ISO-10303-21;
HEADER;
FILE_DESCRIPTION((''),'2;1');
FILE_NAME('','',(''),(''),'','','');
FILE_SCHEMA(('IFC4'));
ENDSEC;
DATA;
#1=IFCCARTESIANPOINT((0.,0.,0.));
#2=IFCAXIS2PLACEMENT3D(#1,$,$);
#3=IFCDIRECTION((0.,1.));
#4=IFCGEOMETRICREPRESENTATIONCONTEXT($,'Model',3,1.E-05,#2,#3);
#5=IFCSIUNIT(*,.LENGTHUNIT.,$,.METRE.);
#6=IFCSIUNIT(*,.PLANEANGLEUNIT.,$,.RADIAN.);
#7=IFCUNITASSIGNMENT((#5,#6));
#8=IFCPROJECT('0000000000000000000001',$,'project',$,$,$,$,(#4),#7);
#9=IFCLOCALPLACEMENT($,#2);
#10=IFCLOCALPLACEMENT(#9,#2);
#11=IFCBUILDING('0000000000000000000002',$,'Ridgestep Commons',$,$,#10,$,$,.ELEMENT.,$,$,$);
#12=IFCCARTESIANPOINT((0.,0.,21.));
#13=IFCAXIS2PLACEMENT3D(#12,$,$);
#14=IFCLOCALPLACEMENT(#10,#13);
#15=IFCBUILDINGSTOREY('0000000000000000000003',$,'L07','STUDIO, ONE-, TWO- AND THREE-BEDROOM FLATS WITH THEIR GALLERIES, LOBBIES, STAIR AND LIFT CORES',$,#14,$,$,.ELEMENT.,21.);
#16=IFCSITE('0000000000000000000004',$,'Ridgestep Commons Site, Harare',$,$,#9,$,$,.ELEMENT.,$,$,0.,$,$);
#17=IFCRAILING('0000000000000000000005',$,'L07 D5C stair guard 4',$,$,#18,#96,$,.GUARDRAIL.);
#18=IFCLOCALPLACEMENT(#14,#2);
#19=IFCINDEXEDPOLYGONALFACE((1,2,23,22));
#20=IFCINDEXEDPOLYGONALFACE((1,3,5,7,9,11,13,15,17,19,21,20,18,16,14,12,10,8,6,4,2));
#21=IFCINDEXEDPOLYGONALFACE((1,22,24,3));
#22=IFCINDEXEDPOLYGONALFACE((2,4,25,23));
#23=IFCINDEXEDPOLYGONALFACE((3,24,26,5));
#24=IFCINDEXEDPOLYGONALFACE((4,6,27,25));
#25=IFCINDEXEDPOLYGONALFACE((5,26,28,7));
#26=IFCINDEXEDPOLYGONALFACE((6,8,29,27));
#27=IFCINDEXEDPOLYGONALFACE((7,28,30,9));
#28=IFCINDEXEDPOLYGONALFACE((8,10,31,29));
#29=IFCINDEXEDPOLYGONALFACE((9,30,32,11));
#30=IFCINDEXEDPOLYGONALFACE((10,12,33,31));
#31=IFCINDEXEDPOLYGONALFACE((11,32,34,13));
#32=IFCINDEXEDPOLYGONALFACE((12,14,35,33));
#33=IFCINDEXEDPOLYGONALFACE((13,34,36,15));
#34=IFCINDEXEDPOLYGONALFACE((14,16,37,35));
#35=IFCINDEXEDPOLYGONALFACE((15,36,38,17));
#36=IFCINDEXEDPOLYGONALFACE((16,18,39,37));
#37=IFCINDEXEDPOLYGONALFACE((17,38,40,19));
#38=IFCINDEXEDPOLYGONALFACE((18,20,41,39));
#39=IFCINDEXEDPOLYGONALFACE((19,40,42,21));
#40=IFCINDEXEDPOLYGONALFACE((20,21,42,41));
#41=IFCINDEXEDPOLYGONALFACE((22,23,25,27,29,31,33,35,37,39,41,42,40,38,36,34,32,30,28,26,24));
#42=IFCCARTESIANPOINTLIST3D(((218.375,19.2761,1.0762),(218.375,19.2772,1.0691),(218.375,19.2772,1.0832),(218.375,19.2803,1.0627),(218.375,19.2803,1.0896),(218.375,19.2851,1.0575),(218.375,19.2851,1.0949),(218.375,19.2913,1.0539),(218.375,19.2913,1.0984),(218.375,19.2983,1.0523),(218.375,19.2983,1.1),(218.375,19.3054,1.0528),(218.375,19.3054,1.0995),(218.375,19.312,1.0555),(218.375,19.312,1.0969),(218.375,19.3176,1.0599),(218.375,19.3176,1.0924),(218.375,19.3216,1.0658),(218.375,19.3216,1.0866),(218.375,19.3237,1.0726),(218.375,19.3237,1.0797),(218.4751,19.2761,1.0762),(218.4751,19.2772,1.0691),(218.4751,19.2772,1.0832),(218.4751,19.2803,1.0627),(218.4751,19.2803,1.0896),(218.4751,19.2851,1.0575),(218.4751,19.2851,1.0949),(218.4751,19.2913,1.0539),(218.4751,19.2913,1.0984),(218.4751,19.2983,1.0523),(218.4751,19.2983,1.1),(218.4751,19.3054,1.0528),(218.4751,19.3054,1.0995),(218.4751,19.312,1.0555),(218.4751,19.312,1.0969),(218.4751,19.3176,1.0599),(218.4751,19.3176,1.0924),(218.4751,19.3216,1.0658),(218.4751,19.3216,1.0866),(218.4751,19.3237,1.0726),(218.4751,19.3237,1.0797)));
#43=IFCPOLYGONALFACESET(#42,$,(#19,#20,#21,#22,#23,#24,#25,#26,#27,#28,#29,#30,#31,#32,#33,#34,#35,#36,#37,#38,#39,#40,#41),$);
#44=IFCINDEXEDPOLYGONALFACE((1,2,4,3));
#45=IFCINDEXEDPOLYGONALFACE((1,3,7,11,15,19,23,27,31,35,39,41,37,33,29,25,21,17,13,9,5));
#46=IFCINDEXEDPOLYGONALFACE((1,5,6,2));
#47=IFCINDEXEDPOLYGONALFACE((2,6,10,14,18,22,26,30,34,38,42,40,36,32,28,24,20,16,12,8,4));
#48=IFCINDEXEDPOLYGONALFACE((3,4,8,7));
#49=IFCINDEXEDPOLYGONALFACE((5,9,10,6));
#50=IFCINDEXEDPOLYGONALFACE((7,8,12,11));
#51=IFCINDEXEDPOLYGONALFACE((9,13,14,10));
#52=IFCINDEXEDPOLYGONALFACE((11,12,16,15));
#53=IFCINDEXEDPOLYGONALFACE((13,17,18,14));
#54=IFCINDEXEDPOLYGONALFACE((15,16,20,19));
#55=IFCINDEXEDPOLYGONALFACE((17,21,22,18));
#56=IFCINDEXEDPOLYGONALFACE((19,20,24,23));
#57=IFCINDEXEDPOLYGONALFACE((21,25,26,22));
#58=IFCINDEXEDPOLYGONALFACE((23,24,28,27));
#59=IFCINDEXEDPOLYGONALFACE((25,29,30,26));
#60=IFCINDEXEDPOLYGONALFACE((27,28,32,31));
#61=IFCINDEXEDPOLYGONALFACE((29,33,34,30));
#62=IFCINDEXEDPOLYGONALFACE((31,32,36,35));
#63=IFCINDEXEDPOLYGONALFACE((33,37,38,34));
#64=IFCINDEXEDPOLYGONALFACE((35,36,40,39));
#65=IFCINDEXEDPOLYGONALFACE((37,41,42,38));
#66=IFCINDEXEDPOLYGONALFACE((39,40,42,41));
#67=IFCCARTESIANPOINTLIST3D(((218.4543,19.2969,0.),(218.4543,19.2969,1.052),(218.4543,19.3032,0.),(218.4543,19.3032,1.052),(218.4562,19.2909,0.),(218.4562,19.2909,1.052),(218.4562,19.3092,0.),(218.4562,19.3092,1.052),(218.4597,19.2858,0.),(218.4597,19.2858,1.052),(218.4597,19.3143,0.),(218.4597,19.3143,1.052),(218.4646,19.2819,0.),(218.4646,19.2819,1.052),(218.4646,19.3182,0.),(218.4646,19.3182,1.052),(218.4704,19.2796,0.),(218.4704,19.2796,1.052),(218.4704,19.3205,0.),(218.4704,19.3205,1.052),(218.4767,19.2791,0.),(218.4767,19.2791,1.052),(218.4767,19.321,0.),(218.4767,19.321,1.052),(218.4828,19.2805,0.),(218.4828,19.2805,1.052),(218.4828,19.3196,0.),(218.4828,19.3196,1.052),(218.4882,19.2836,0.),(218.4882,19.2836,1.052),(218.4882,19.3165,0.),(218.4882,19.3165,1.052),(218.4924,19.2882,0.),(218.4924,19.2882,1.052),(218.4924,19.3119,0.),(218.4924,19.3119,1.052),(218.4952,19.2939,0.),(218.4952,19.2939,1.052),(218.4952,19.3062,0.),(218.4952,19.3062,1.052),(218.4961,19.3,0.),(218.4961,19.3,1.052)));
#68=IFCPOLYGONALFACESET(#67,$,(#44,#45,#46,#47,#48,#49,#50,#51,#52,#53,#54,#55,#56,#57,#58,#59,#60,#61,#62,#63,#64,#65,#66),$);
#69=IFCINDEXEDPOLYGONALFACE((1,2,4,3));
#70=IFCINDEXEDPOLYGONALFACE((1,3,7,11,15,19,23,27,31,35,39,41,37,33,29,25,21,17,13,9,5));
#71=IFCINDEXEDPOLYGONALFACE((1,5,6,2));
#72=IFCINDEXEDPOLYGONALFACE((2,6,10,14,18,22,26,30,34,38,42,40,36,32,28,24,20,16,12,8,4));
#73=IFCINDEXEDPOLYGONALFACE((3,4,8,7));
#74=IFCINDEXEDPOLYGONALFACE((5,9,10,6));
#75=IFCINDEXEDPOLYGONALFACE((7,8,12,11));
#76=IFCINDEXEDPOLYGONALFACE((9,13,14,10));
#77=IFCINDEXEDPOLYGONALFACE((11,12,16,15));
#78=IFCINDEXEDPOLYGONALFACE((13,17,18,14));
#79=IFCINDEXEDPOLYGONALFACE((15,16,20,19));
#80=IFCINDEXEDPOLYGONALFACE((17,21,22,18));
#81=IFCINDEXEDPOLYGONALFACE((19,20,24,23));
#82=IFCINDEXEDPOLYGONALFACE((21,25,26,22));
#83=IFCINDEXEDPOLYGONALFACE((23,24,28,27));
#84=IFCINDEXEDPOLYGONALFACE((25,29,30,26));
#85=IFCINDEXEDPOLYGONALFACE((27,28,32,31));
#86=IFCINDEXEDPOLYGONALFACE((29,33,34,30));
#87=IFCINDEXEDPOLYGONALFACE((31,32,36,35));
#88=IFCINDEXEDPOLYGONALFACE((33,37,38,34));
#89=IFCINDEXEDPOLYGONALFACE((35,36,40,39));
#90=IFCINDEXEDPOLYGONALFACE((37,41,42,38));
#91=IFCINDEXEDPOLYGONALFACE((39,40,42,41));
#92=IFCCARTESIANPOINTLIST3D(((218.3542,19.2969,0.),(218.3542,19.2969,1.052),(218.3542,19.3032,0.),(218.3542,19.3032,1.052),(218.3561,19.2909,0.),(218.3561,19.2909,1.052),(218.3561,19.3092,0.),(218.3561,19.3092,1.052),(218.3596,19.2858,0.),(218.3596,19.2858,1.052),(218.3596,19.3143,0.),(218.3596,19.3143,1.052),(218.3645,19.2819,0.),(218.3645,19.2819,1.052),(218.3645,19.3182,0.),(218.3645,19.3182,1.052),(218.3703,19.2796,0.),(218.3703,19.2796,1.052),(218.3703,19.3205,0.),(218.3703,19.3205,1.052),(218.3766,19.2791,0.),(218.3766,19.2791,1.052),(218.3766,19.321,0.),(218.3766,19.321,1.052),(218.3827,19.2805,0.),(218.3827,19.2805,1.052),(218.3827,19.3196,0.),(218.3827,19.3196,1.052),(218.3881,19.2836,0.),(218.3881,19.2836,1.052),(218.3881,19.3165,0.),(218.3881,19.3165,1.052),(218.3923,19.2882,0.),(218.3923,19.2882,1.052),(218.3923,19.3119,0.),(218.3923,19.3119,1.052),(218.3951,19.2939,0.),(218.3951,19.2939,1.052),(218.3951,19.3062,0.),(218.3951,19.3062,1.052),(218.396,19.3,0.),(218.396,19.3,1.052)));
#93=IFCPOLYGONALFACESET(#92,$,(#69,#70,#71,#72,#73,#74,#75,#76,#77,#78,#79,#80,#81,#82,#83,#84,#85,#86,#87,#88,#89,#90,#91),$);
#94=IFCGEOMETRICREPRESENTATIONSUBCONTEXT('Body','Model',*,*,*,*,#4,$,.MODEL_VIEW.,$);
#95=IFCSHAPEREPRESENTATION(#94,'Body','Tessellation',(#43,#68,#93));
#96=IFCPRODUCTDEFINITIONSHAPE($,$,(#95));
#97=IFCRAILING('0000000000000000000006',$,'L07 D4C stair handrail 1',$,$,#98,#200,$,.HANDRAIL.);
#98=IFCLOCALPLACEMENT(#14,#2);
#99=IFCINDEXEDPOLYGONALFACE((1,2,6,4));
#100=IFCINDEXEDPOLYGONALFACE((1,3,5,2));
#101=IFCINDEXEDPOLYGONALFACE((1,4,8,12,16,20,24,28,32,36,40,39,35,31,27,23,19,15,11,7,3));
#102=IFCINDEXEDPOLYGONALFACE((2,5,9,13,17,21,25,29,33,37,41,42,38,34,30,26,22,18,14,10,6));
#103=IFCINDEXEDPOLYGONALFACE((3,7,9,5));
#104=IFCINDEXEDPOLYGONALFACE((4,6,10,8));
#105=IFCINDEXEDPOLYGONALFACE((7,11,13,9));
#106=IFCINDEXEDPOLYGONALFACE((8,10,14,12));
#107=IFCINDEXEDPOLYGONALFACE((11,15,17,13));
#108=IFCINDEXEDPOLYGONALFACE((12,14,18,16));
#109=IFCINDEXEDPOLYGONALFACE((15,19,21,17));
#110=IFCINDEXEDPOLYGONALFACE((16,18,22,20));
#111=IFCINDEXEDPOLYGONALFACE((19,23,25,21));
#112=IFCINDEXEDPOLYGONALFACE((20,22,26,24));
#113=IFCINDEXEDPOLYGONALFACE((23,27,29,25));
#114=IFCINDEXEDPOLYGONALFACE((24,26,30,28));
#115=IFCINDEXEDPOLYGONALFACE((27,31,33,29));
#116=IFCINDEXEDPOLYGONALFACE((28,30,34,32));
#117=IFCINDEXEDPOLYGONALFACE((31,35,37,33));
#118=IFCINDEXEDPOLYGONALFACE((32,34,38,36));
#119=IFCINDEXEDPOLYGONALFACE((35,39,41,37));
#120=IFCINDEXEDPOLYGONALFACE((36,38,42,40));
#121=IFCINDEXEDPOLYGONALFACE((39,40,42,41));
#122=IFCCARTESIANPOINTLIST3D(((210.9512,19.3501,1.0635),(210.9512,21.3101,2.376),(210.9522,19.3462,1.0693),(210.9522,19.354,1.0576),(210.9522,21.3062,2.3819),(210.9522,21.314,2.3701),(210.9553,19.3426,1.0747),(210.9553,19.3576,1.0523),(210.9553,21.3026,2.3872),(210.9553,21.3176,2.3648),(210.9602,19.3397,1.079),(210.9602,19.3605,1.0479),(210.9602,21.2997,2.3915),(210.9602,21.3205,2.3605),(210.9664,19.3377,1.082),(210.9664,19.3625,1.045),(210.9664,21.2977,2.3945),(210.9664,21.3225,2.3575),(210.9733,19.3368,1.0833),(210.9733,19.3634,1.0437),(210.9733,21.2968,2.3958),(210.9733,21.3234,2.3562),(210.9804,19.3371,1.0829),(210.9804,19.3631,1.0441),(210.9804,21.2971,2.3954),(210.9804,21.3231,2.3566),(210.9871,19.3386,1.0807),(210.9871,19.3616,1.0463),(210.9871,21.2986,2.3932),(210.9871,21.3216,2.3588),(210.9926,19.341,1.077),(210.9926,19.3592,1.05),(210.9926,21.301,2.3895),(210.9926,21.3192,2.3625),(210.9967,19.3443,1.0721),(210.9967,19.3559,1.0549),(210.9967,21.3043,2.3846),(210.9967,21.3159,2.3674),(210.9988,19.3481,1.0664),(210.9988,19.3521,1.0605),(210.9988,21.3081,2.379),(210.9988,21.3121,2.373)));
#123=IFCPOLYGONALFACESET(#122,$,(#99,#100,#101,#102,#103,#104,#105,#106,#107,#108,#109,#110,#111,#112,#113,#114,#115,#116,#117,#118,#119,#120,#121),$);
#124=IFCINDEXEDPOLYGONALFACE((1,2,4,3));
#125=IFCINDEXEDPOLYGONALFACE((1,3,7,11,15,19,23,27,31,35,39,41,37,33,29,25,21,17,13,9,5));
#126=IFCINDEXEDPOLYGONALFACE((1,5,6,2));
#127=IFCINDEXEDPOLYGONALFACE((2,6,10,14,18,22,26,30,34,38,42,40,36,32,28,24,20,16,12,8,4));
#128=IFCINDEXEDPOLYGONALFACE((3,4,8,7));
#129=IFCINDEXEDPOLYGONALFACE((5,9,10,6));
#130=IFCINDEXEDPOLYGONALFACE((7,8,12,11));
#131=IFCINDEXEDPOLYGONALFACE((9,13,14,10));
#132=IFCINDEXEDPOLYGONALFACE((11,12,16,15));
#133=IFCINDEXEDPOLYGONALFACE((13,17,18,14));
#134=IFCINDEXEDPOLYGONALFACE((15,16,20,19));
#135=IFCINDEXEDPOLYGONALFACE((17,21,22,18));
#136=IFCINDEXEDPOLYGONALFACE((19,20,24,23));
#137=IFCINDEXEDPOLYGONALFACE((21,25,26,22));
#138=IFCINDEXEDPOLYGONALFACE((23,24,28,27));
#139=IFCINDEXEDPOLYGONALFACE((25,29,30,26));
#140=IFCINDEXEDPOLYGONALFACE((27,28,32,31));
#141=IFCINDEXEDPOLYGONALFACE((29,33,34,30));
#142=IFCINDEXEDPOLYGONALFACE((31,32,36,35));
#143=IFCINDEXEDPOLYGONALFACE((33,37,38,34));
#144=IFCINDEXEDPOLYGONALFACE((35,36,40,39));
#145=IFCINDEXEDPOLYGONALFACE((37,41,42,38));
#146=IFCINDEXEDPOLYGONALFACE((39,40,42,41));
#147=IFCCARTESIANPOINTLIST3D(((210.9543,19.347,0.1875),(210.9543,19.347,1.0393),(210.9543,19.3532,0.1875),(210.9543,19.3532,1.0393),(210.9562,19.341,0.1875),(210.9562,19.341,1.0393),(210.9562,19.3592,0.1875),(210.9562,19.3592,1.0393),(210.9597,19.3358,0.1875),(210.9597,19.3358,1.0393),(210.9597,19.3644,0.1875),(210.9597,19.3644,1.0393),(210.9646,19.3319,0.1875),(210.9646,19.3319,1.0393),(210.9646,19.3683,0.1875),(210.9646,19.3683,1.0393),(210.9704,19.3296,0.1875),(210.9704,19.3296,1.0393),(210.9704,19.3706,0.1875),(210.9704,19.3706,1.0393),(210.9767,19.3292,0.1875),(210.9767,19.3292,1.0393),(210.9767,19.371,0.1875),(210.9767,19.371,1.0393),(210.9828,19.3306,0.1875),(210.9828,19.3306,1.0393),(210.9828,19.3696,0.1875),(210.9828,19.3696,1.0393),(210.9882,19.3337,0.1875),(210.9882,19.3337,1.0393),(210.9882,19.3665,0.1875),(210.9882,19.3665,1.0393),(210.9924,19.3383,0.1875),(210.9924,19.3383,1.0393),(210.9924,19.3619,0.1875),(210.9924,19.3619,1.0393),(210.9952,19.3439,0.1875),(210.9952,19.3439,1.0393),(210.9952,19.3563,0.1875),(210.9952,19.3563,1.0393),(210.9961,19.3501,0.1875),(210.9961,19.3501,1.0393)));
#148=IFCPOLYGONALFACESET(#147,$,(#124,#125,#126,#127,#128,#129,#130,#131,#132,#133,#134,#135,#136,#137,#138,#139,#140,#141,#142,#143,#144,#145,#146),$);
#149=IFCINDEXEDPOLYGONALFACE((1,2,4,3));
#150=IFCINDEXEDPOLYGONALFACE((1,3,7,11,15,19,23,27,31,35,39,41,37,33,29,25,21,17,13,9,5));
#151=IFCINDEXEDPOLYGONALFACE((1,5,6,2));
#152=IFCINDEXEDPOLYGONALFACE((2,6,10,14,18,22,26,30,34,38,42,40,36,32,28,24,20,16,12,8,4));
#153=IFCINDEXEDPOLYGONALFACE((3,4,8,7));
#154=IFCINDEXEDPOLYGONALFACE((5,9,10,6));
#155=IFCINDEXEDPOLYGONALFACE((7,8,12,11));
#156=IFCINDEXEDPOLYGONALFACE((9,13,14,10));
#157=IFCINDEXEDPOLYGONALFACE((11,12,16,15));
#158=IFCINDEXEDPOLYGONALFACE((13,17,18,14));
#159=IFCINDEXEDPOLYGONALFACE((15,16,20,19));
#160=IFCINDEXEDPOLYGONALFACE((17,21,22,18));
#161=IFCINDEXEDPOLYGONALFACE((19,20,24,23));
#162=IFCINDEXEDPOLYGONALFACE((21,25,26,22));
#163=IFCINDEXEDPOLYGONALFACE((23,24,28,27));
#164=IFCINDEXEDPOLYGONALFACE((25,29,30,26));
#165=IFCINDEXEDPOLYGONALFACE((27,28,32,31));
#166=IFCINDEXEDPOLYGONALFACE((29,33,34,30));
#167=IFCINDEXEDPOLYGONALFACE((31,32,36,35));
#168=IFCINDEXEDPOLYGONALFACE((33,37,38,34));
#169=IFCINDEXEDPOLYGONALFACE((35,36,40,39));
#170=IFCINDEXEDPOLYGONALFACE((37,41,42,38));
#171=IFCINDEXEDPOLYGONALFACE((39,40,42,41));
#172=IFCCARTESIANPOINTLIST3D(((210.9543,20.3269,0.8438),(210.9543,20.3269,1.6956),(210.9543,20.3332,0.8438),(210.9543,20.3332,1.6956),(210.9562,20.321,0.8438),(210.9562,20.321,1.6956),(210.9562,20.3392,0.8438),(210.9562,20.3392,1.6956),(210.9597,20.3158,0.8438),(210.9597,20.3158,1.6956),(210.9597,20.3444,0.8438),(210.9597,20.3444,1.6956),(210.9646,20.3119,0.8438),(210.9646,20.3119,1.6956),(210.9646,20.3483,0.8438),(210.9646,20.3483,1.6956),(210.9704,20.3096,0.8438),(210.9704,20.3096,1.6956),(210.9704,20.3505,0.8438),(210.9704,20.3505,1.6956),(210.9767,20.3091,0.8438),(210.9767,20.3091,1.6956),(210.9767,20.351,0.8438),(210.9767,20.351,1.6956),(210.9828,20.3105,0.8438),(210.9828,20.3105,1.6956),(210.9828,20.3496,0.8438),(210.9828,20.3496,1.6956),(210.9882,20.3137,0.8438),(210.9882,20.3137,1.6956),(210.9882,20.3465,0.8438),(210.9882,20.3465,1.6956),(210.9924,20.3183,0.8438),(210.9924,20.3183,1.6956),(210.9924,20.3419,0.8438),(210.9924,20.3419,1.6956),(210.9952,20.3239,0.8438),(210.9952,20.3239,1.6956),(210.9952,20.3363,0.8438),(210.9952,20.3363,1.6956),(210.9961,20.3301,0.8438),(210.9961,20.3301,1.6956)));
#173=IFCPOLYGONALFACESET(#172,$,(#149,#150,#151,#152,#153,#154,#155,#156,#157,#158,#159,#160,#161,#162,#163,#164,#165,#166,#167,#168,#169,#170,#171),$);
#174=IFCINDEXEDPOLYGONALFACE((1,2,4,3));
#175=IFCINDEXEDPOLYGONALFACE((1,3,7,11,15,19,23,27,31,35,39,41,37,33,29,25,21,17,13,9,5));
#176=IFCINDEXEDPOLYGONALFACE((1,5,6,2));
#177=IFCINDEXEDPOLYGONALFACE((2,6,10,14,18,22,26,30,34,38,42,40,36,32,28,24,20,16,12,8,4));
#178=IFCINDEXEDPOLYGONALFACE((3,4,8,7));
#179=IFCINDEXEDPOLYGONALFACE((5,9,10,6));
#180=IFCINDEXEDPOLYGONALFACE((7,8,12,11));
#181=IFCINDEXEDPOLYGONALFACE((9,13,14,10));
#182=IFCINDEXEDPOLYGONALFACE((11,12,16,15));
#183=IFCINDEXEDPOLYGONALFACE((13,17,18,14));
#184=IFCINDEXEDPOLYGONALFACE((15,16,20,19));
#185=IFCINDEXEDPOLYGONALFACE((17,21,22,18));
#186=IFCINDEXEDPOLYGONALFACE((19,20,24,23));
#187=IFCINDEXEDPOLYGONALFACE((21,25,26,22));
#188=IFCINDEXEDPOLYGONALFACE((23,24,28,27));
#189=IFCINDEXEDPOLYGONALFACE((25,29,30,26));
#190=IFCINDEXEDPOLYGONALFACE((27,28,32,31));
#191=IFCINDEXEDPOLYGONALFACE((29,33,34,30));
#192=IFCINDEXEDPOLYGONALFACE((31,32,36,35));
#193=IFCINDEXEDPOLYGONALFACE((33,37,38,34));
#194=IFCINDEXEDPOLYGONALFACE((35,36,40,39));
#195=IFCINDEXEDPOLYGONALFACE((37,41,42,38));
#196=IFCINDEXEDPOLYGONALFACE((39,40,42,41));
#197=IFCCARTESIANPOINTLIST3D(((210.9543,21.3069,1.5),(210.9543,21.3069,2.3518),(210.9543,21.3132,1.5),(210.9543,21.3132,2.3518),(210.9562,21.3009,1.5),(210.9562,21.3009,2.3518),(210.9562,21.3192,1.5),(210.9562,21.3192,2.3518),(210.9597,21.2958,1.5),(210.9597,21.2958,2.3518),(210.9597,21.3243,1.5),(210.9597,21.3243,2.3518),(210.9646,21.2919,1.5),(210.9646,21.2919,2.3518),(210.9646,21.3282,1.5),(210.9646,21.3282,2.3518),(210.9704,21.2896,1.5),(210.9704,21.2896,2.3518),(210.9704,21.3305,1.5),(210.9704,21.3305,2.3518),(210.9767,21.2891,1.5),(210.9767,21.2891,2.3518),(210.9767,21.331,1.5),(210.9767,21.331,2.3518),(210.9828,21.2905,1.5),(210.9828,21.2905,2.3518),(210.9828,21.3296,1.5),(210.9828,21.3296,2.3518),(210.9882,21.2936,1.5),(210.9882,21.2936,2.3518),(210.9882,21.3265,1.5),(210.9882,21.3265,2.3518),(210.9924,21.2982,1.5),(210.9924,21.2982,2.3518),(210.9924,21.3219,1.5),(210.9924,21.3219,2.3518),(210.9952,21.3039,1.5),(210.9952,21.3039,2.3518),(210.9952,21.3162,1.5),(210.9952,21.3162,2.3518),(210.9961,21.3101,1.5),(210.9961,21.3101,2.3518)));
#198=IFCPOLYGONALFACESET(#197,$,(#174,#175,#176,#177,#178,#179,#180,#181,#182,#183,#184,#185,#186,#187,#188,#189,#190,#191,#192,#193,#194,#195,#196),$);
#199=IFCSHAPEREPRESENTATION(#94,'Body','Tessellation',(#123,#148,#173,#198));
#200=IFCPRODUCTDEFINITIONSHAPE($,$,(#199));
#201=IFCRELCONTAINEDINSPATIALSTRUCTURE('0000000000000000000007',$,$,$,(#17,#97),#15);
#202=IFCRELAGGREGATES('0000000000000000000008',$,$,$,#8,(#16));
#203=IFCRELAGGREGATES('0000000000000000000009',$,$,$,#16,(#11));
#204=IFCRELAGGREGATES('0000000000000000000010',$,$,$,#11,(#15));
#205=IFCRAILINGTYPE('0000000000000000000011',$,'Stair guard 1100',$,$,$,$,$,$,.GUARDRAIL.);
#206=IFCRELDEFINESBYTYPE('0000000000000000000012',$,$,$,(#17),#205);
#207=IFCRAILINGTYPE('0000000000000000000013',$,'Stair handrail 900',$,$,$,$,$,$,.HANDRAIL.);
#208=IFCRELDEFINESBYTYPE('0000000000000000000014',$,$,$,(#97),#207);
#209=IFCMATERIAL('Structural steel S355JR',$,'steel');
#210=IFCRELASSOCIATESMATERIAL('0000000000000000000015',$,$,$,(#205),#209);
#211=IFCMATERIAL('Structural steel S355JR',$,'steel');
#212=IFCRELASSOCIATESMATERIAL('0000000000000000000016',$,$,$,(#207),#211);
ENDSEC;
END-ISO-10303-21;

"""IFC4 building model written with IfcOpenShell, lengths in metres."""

from ifc_helpers import new_model, si_unit, direction, frame, origin, origin_2d, place, context, subcontext, project, spatial, circle, extrude, material, type_object, element, save


model = new_model("IFC4")

# Units and contexts
model_context = context("Model", 3, precision=1e-05, world=origin(), true_north=direction((0.0, 1.0)))
body_context = subcontext(model_context, "Body", "Model", "MODEL_VIEW")
ifc_project = project(units=[si_unit("LENGTHUNIT", "METRE"), si_unit("PLANEANGLEUNIT", "RADIAN")], contexts=[model_context])

# Site, building, storey
site_placement = place(None, origin())
site = spatial("IfcSite", under=ifc_project, at=site_placement, Name="Ridgestep Commons Site, Harare", CompositionType="ELEMENT", RefElevation=0.0)
building_placement = place(site_placement, origin())
building = spatial("IfcBuilding", under=site, at=building_placement, Name="Ridgestep Commons", CompositionType="ELEMENT")
storey_placement = place(building_placement, frame((0.0, 0.0, 21.0)))
storey = spatial("IfcBuildingStorey", under=building, at=storey_placement, Name="L07", Description="STUDIO, ONE-, TWO- AND THREE-BEDROOM FLATS WITH THEIR GALLERIES, LOBBIES, STAIR AND LIFT CORES", CompositionType="ELEMENT", Elevation=21.0)

# Railings
ifc_material_1 = material(Name="Structural steel S355JR", Category="steel")
railing_type_1 = type_object("IfcRailingType", Name="Stair guard 1100", PredefinedType="GUARDRAIL", material=ifc_material_1)
railing_1_placement = place(storey_placement, frame((218.4751, 19.3, 0.0)))
element("IfcRailing", 1, at=railing_1_placement, inside=storey, type_object=railing_type_1, Name="L07 D5C stair guard 4", PredefinedType="GUARDRAIL", context=body_context, shape_type="SweptSolid", body=[
    extrude(circle(Radius=0.0239, at=origin_2d()), frame((0.0, 0.0, 1.0762), z_axis=(-1.0, 0.0, 0.0), x_axis=(0.0, -1.0, 0.0)), (0.0, 0.0, 1.0), 0.1001),
    extrude(circle(Radius=0.021, at=origin_2d()), origin(), (0.0, 0.0, 1.0), 1.052),
    extrude(circle(Radius=0.021, at=origin_2d()), frame((-0.1001, 0.0, 0.0)), (0.0, 0.0, 1.0), 1.052),
])
ifc_material_2 = material(Name="Structural steel S355JR", Category="steel")
railing_type_2 = type_object("IfcRailingType", Name="Stair handrail 900", PredefinedType="HANDRAIL", material=ifc_material_2)
railing_2_placement = place(storey_placement, frame((210.9751, 19.3501, 0.1875)))
element("IfcRailing", 2, at=railing_2_placement, inside=storey, type_object=railing_type_2, Name="L07 D4C stair handrail 1", PredefinedType="HANDRAIL", context=body_context, shape_type="SweptSolid", body=[
    extrude(circle(Radius=0.0239, at=origin_2d()), frame((0.0, 0.0, 0.876), z_axis=(0.0, 0.830902, 0.556419), x_axis=(-1.0, 0.0, 0.0)), (0.0, 0.0, 1.0), 2.3589),
    extrude(circle(Radius=0.021, at=origin_2d()), origin(), (0.0, 0.0, 1.0), 0.8518),
    extrude(circle(Radius=0.021, at=origin_2d()), frame((0.0, 0.98, 0.6562)), (0.0, 0.0, 1.0), 0.8518),
    extrude(circle(Radius=0.021, at=origin_2d()), frame((0.0, 1.96, 1.3125)), (0.0, 0.0, 1.0), 0.8518),
])

save(model, "model.ifc")
